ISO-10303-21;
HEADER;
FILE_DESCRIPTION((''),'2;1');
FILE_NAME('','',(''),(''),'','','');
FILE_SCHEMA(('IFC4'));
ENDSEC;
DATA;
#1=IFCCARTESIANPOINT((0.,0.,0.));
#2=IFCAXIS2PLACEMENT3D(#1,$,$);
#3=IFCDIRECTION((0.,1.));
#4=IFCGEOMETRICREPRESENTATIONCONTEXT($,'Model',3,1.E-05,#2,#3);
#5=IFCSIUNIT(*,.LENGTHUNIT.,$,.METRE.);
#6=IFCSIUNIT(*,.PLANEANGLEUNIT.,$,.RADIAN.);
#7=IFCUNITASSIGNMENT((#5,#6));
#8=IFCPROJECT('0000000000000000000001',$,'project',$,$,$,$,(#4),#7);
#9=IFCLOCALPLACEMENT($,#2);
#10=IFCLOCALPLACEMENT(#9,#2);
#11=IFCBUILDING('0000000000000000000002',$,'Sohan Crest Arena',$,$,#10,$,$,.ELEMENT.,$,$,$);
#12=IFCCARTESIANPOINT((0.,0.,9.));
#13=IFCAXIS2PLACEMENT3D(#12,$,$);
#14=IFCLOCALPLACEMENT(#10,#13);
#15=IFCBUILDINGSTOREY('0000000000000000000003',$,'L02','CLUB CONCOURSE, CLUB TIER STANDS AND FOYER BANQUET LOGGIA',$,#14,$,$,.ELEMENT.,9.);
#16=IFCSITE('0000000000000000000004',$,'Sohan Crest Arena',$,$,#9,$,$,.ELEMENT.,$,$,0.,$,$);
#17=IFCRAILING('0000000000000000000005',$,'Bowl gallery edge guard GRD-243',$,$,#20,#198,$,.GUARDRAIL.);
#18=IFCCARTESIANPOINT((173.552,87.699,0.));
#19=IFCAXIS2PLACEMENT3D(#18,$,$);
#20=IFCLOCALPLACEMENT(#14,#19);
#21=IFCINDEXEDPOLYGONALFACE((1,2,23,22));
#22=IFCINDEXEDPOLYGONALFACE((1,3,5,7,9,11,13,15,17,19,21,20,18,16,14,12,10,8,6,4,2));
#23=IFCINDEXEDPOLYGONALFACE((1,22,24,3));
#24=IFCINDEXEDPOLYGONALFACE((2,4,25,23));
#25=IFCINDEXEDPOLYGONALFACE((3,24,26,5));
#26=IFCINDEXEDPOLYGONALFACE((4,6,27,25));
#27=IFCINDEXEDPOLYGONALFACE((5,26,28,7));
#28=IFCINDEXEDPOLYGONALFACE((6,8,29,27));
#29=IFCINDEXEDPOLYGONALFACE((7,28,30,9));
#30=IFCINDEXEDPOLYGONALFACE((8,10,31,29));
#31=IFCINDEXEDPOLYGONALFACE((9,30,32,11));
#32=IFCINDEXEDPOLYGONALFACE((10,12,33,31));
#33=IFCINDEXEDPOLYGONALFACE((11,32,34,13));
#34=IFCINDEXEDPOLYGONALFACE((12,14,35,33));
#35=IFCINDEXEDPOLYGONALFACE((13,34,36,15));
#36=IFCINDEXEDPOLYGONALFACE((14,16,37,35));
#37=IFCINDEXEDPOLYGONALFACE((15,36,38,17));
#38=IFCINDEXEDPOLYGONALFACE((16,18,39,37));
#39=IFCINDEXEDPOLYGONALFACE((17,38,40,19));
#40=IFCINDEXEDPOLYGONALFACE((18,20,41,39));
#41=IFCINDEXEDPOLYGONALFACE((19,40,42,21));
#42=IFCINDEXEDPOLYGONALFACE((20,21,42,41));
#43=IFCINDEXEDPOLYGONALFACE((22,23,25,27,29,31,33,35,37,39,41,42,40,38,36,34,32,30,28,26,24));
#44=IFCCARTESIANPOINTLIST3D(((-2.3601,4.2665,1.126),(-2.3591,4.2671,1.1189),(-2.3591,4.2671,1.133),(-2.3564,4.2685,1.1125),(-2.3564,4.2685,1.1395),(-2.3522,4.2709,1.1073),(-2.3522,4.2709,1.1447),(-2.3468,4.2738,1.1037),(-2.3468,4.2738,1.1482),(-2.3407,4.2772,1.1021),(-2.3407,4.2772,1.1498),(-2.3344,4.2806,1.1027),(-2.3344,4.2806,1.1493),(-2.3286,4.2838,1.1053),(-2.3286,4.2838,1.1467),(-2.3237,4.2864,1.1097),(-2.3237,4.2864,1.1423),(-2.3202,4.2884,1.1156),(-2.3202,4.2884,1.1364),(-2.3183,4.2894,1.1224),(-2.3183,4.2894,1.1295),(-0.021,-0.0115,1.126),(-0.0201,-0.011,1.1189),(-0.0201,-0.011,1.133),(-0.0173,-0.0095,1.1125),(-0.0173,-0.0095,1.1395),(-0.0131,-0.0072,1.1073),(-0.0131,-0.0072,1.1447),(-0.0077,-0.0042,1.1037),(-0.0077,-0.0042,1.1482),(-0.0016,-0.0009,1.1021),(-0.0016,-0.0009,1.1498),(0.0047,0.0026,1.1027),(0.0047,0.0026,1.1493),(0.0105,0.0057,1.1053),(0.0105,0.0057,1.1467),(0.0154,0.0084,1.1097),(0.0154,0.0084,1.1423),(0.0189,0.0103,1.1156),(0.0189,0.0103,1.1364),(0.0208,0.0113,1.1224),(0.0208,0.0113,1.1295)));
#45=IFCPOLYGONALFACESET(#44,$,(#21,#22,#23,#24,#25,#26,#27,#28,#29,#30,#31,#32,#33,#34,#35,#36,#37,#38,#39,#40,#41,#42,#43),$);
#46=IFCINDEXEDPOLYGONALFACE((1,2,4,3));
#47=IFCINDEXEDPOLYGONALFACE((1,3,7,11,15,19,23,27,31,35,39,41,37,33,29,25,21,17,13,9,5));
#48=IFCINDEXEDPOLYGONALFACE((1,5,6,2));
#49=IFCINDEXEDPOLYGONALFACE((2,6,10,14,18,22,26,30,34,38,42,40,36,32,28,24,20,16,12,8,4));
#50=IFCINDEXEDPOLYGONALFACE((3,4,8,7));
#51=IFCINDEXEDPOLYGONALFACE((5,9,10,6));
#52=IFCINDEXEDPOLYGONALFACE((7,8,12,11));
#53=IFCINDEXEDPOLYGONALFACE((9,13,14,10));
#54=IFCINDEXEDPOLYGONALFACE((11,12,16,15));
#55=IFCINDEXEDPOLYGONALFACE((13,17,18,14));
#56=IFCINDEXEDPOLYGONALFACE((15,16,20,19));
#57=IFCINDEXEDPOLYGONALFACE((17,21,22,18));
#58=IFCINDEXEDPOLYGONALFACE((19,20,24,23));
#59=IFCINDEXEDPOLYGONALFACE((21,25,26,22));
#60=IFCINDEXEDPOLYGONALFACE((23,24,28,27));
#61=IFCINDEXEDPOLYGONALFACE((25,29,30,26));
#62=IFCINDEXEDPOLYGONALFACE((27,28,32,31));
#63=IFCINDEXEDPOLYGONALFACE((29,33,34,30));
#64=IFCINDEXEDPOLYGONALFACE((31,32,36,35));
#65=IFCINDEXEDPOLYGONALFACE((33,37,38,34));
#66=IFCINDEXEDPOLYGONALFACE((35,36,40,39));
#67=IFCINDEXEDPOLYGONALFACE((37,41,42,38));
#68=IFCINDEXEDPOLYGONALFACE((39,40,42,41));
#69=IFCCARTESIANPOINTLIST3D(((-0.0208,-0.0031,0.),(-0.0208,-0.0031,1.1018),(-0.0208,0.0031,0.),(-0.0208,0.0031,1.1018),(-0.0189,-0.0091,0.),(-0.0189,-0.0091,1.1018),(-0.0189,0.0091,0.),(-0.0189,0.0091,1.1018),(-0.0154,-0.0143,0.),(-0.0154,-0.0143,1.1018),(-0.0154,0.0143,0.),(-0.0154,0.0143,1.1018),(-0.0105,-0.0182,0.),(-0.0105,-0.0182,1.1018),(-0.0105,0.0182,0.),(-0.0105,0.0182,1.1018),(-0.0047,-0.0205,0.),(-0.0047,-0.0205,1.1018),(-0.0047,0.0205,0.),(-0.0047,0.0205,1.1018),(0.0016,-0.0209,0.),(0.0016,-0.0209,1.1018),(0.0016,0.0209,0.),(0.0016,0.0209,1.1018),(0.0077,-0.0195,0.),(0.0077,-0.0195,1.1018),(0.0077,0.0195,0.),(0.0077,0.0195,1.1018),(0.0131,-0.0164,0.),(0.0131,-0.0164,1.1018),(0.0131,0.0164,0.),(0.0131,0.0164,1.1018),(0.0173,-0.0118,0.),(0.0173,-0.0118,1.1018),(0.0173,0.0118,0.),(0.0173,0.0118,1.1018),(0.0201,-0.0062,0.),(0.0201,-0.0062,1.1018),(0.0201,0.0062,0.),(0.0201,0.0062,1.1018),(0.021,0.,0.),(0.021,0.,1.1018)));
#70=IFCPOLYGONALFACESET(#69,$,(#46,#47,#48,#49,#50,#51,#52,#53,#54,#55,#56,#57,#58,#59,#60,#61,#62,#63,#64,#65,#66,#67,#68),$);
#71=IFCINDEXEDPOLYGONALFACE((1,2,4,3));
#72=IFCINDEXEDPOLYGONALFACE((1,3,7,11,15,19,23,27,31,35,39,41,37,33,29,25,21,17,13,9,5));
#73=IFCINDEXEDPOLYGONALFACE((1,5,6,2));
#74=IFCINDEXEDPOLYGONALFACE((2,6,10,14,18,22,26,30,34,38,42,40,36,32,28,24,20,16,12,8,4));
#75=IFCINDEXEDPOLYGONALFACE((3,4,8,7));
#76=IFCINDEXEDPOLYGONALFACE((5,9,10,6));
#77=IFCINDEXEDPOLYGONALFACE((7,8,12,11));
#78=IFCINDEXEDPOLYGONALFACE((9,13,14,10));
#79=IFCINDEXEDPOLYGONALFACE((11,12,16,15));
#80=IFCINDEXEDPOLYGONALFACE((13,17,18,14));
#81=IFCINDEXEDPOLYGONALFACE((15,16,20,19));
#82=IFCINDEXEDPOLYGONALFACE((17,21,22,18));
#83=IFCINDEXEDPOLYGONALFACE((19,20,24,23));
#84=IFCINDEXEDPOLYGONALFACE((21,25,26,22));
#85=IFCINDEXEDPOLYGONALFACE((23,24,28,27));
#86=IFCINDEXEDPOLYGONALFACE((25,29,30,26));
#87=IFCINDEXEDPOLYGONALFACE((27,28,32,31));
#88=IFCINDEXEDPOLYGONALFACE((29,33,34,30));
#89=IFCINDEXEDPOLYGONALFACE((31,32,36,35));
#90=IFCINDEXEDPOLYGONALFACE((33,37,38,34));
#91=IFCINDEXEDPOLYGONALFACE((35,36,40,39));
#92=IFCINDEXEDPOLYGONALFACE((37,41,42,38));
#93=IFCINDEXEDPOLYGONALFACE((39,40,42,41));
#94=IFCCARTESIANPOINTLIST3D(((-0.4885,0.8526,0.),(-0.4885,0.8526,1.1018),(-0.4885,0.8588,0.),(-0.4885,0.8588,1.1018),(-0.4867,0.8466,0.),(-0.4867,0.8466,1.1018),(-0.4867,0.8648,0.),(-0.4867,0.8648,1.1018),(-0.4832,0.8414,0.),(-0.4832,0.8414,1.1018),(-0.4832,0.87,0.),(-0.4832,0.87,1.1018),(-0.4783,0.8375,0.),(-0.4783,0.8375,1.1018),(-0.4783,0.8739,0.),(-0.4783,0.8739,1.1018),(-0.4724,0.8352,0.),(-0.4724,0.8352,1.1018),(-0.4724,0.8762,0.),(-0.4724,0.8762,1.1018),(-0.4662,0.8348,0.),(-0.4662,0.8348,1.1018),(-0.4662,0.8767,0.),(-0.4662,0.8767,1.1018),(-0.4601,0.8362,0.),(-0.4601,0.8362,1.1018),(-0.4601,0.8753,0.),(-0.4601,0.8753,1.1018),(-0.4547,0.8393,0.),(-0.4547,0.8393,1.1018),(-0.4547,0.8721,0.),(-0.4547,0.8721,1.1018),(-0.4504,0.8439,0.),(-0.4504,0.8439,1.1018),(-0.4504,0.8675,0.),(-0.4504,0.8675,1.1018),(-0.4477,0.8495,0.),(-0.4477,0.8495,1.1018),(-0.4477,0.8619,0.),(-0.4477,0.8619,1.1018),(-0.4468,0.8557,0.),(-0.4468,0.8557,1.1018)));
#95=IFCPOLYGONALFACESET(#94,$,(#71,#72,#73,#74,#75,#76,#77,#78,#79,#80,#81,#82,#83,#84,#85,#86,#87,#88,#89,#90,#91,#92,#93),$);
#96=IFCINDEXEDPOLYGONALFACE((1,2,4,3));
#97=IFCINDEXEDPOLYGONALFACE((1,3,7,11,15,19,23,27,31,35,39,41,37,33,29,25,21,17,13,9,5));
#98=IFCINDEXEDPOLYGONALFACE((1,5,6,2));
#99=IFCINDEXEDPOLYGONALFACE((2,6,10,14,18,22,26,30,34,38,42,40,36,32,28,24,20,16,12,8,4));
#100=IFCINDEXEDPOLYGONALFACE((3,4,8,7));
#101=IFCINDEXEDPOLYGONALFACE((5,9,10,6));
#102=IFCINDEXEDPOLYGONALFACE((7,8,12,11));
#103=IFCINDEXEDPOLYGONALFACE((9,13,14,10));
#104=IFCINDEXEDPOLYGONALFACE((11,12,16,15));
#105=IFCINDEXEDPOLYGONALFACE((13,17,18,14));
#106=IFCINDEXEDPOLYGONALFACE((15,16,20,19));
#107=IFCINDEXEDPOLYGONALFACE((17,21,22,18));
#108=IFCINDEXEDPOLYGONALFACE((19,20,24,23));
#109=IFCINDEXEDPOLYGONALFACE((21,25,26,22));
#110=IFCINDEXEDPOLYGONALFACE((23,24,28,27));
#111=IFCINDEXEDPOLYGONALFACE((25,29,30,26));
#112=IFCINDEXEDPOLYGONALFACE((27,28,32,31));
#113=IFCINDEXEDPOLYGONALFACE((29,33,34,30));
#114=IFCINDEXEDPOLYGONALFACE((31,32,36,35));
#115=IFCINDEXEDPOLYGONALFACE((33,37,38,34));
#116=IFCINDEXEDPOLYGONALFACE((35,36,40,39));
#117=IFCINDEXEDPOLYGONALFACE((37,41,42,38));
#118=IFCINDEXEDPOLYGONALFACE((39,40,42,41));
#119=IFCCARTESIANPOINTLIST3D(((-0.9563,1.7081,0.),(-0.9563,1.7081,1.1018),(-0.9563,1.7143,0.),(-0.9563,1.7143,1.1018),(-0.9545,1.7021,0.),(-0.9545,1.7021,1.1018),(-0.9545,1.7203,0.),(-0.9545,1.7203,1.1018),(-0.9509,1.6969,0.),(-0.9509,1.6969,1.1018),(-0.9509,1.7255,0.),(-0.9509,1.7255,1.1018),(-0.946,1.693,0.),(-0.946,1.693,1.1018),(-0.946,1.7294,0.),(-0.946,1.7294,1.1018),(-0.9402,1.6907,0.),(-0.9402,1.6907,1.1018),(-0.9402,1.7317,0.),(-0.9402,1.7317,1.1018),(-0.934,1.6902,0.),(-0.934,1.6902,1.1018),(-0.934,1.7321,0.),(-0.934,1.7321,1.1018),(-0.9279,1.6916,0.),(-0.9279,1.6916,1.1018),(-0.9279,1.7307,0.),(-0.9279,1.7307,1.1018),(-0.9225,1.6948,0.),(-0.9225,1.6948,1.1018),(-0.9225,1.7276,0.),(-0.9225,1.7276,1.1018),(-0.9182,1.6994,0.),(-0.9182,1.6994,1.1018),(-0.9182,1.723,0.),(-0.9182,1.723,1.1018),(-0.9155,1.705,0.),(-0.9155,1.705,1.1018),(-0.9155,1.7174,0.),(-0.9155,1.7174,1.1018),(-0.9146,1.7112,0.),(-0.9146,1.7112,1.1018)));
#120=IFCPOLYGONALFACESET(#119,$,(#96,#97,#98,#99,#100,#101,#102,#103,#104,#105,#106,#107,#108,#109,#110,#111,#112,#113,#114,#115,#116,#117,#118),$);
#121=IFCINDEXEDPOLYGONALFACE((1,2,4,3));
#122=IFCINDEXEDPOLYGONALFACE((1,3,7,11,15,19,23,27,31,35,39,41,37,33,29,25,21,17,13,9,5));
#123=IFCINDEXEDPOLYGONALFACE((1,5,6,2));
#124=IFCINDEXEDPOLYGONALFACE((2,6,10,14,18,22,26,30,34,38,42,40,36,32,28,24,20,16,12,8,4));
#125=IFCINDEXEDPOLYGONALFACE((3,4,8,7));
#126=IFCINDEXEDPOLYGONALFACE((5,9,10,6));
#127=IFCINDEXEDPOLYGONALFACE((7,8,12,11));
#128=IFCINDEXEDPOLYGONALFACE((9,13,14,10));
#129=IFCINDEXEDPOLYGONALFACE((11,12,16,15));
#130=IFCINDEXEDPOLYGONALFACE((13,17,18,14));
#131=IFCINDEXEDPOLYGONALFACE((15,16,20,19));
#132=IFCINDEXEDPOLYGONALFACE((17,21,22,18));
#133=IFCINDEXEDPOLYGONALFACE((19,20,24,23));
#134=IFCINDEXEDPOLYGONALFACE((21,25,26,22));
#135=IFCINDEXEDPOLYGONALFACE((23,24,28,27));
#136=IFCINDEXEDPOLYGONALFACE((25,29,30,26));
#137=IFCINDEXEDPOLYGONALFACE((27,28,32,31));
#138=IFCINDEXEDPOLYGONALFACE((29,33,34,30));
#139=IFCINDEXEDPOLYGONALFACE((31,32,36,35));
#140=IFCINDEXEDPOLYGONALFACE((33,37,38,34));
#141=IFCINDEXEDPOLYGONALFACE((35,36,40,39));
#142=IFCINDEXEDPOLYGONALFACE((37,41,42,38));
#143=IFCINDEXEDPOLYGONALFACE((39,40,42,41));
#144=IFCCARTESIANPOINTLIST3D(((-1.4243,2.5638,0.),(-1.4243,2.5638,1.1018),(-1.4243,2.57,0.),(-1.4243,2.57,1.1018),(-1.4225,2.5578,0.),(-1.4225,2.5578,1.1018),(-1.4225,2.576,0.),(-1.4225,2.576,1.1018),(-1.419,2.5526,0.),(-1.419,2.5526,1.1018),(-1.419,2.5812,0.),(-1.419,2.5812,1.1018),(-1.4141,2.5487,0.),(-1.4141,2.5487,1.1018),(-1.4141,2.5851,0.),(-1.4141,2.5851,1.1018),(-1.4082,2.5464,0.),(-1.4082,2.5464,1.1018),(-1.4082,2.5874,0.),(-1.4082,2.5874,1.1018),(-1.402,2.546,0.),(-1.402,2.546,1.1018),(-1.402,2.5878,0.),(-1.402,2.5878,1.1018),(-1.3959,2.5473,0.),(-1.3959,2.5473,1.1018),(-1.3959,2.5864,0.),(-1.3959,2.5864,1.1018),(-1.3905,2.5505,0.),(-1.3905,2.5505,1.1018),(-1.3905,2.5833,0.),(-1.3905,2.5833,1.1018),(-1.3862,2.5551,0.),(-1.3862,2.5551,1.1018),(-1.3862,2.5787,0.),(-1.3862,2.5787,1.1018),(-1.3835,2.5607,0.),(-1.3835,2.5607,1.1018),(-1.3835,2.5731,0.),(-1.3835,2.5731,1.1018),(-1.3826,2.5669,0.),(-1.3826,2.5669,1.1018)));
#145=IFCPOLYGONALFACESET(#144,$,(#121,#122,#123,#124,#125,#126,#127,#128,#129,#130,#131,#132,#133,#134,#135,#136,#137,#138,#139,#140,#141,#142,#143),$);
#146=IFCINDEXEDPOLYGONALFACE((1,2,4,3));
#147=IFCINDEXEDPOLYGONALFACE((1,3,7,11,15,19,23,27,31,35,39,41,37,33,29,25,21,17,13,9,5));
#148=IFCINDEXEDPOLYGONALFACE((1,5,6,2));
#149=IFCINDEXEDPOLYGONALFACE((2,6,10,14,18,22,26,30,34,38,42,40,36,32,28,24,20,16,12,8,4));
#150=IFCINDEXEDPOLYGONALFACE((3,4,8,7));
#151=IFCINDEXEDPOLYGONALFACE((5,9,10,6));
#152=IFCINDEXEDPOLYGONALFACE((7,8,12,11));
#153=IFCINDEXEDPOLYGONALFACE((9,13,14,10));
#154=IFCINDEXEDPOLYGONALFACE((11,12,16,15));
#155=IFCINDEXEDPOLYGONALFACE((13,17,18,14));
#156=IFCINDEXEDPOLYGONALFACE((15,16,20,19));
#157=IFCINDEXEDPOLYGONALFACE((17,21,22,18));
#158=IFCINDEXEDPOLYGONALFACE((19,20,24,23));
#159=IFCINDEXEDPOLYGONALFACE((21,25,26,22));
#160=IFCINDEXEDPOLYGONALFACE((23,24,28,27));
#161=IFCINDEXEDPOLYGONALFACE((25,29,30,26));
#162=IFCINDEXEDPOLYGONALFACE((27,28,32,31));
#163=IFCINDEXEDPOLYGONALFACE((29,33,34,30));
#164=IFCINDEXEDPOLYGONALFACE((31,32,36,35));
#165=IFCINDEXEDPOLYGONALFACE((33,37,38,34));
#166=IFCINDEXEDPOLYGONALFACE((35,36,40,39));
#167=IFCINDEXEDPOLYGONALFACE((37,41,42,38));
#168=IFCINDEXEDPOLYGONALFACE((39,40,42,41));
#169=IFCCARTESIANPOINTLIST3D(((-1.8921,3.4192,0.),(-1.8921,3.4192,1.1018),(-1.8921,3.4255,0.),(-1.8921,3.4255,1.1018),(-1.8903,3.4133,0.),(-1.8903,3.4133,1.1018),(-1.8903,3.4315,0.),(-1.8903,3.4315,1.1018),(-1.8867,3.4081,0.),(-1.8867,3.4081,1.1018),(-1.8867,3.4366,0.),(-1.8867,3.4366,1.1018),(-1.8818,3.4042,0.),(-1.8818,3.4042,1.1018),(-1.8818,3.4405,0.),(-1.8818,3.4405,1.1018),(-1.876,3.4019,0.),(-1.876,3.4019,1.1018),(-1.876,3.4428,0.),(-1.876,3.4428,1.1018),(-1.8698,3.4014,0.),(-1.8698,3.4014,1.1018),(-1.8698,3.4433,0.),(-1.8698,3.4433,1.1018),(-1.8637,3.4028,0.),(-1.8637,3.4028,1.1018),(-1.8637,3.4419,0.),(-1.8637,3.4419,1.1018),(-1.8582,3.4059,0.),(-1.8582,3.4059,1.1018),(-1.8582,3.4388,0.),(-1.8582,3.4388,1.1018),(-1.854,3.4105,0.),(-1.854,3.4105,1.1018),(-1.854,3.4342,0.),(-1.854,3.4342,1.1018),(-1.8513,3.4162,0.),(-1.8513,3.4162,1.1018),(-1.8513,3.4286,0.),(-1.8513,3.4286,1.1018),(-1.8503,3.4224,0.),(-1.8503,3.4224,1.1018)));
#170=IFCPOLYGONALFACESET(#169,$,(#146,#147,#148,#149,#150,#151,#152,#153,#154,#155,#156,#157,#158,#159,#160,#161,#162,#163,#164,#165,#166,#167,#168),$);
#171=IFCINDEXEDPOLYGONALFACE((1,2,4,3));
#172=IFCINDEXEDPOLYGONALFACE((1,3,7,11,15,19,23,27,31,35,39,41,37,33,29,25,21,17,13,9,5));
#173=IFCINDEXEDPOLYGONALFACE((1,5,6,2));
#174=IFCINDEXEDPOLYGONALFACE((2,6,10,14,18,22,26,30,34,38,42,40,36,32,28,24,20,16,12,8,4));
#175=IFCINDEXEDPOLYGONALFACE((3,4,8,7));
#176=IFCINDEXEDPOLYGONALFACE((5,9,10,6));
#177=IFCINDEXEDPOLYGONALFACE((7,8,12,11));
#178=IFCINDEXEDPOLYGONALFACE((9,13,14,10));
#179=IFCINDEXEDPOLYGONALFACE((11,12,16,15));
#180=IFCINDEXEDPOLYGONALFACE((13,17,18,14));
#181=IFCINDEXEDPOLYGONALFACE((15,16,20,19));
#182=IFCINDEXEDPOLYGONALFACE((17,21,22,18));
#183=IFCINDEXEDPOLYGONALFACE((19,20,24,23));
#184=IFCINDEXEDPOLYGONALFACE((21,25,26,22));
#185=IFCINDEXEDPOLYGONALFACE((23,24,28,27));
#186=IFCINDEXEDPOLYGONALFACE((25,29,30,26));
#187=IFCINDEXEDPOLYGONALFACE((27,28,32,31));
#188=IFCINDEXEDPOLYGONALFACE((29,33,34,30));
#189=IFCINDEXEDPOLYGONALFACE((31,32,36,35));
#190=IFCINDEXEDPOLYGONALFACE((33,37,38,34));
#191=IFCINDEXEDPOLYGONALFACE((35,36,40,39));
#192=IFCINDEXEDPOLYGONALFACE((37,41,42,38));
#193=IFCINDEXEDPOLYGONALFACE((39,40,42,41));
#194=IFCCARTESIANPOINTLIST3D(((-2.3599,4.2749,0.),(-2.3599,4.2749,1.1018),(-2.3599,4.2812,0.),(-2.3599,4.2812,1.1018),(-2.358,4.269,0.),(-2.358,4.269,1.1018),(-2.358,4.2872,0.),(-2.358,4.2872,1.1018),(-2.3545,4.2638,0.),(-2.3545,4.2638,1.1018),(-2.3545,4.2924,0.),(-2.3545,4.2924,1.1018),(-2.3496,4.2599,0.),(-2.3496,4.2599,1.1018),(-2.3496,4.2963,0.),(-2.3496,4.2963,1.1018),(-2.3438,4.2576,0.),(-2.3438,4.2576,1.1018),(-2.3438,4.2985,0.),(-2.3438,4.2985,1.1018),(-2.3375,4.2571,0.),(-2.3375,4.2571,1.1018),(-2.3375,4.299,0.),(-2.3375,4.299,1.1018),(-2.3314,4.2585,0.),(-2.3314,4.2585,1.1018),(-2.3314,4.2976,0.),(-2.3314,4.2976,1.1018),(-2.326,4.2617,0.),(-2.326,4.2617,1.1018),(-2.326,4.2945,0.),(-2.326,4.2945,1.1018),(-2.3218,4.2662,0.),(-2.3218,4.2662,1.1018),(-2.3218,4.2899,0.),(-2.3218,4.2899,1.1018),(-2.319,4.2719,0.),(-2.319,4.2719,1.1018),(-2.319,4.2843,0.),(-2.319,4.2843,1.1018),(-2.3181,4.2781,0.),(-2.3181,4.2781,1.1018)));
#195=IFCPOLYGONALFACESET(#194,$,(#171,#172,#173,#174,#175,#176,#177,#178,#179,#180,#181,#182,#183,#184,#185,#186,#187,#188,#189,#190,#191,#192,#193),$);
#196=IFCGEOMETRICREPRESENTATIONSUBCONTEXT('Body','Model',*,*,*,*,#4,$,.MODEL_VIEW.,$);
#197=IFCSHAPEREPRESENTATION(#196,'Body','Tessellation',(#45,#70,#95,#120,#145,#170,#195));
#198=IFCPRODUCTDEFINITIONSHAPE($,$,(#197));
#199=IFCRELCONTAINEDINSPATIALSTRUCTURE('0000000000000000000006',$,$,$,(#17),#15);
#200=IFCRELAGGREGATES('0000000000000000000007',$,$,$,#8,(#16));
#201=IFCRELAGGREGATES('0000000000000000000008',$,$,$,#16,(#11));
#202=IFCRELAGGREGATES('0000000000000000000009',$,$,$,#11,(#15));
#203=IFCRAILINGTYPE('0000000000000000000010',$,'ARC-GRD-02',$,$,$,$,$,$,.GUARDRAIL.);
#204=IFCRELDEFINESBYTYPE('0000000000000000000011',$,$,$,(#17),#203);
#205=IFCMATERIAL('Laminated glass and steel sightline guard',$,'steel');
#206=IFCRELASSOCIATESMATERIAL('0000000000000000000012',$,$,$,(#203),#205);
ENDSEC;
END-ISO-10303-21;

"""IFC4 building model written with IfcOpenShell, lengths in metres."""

from ifc_helpers import new_model, si_unit, direction, frame, origin, origin_2d, place, context, subcontext, project, spatial, circle, extrude, material, type_object, element, save


model = new_model("IFC4")

# Units and contexts
model_context = context("Model", 3, precision=1e-05, world=origin(), true_north=direction((0.0, 1.0)))
body_context = subcontext(model_context, "Body", "Model", "MODEL_VIEW")
ifc_project = project(units=[si_unit("LENGTHUNIT", "METRE"), si_unit("PLANEANGLEUNIT", "RADIAN")], contexts=[model_context])

# Site, building, storey
site_placement = place(None, origin())
site = spatial("IfcSite", under=ifc_project, at=site_placement, Name="Sohan Crest Arena", CompositionType="ELEMENT", RefElevation=0.0)
building_placement = place(site_placement, origin())
building = spatial("IfcBuilding", under=site, at=building_placement, Name="Sohan Crest Arena", CompositionType="ELEMENT")
storey_placement = place(building_placement, frame((0.0, 0.0, 9.0)))
storey = spatial("IfcBuildingStorey", under=building, at=storey_placement, Name="L02", Description="CLUB CONCOURSE, CLUB TIER STANDS AND FOYER BANQUET LOGGIA", CompositionType="ELEMENT", Elevation=9.0)

# Railing
ifc_material_1 = material(Name="Laminated glass and steel sightline guard", Category="steel")
railing_type = type_object("IfcRailingType", Name="ARC-GRD-02", PredefinedType="GUARDRAIL", material=ifc_material_1)
railing_1_placement = place(storey_placement, frame((173.552, 87.699, 0.0)))
element("IfcRailing", 1, at=railing_1_placement, inside=storey, type_object=railing_type, Name="Bowl gallery edge guard GRD-243", PredefinedType="GUARDRAIL", context=body_context, shape_type="SweptSolid", body=[
    extrude(circle(Radius=0.0239, at=origin_2d()), frame((0.0, 0.0, 1.126), z_axis=(-0.479739, 0.877411, 0.0), x_axis=(-0.877411, -0.479739, 0.0)), (0.0, 0.0, 1.0), 4.8757),
    extrude(circle(Radius=0.021, at=origin_2d()), origin(), (0.0, 0.0, 1.0), 1.1018),
    extrude(circle(Radius=0.021, at=origin_2d()), frame((-0.4678, 0.8557, 0.0)), (0.0, 0.0, 1.0), 1.1018),
    extrude(circle(Radius=0.021, at=origin_2d()), frame((-0.9355, 1.7112, 0.0)), (0.0, 0.0, 1.0), 1.1018),
    extrude(circle(Radius=0.021, at=origin_2d()), frame((-1.4036, 2.5669, 0.0)), (0.0, 0.0, 1.0), 1.1018),
    extrude(circle(Radius=0.021, at=origin_2d()), frame((-1.8713, 3.4224, 0.0)), (0.0, 0.0, 1.0), 1.1018),
    extrude(circle(Radius=0.021, at=origin_2d()), frame((-2.3391, 4.2781, 0.0)), (0.0, 0.0, 1.0), 1.1018),
])

save(model, "model.ifc")
